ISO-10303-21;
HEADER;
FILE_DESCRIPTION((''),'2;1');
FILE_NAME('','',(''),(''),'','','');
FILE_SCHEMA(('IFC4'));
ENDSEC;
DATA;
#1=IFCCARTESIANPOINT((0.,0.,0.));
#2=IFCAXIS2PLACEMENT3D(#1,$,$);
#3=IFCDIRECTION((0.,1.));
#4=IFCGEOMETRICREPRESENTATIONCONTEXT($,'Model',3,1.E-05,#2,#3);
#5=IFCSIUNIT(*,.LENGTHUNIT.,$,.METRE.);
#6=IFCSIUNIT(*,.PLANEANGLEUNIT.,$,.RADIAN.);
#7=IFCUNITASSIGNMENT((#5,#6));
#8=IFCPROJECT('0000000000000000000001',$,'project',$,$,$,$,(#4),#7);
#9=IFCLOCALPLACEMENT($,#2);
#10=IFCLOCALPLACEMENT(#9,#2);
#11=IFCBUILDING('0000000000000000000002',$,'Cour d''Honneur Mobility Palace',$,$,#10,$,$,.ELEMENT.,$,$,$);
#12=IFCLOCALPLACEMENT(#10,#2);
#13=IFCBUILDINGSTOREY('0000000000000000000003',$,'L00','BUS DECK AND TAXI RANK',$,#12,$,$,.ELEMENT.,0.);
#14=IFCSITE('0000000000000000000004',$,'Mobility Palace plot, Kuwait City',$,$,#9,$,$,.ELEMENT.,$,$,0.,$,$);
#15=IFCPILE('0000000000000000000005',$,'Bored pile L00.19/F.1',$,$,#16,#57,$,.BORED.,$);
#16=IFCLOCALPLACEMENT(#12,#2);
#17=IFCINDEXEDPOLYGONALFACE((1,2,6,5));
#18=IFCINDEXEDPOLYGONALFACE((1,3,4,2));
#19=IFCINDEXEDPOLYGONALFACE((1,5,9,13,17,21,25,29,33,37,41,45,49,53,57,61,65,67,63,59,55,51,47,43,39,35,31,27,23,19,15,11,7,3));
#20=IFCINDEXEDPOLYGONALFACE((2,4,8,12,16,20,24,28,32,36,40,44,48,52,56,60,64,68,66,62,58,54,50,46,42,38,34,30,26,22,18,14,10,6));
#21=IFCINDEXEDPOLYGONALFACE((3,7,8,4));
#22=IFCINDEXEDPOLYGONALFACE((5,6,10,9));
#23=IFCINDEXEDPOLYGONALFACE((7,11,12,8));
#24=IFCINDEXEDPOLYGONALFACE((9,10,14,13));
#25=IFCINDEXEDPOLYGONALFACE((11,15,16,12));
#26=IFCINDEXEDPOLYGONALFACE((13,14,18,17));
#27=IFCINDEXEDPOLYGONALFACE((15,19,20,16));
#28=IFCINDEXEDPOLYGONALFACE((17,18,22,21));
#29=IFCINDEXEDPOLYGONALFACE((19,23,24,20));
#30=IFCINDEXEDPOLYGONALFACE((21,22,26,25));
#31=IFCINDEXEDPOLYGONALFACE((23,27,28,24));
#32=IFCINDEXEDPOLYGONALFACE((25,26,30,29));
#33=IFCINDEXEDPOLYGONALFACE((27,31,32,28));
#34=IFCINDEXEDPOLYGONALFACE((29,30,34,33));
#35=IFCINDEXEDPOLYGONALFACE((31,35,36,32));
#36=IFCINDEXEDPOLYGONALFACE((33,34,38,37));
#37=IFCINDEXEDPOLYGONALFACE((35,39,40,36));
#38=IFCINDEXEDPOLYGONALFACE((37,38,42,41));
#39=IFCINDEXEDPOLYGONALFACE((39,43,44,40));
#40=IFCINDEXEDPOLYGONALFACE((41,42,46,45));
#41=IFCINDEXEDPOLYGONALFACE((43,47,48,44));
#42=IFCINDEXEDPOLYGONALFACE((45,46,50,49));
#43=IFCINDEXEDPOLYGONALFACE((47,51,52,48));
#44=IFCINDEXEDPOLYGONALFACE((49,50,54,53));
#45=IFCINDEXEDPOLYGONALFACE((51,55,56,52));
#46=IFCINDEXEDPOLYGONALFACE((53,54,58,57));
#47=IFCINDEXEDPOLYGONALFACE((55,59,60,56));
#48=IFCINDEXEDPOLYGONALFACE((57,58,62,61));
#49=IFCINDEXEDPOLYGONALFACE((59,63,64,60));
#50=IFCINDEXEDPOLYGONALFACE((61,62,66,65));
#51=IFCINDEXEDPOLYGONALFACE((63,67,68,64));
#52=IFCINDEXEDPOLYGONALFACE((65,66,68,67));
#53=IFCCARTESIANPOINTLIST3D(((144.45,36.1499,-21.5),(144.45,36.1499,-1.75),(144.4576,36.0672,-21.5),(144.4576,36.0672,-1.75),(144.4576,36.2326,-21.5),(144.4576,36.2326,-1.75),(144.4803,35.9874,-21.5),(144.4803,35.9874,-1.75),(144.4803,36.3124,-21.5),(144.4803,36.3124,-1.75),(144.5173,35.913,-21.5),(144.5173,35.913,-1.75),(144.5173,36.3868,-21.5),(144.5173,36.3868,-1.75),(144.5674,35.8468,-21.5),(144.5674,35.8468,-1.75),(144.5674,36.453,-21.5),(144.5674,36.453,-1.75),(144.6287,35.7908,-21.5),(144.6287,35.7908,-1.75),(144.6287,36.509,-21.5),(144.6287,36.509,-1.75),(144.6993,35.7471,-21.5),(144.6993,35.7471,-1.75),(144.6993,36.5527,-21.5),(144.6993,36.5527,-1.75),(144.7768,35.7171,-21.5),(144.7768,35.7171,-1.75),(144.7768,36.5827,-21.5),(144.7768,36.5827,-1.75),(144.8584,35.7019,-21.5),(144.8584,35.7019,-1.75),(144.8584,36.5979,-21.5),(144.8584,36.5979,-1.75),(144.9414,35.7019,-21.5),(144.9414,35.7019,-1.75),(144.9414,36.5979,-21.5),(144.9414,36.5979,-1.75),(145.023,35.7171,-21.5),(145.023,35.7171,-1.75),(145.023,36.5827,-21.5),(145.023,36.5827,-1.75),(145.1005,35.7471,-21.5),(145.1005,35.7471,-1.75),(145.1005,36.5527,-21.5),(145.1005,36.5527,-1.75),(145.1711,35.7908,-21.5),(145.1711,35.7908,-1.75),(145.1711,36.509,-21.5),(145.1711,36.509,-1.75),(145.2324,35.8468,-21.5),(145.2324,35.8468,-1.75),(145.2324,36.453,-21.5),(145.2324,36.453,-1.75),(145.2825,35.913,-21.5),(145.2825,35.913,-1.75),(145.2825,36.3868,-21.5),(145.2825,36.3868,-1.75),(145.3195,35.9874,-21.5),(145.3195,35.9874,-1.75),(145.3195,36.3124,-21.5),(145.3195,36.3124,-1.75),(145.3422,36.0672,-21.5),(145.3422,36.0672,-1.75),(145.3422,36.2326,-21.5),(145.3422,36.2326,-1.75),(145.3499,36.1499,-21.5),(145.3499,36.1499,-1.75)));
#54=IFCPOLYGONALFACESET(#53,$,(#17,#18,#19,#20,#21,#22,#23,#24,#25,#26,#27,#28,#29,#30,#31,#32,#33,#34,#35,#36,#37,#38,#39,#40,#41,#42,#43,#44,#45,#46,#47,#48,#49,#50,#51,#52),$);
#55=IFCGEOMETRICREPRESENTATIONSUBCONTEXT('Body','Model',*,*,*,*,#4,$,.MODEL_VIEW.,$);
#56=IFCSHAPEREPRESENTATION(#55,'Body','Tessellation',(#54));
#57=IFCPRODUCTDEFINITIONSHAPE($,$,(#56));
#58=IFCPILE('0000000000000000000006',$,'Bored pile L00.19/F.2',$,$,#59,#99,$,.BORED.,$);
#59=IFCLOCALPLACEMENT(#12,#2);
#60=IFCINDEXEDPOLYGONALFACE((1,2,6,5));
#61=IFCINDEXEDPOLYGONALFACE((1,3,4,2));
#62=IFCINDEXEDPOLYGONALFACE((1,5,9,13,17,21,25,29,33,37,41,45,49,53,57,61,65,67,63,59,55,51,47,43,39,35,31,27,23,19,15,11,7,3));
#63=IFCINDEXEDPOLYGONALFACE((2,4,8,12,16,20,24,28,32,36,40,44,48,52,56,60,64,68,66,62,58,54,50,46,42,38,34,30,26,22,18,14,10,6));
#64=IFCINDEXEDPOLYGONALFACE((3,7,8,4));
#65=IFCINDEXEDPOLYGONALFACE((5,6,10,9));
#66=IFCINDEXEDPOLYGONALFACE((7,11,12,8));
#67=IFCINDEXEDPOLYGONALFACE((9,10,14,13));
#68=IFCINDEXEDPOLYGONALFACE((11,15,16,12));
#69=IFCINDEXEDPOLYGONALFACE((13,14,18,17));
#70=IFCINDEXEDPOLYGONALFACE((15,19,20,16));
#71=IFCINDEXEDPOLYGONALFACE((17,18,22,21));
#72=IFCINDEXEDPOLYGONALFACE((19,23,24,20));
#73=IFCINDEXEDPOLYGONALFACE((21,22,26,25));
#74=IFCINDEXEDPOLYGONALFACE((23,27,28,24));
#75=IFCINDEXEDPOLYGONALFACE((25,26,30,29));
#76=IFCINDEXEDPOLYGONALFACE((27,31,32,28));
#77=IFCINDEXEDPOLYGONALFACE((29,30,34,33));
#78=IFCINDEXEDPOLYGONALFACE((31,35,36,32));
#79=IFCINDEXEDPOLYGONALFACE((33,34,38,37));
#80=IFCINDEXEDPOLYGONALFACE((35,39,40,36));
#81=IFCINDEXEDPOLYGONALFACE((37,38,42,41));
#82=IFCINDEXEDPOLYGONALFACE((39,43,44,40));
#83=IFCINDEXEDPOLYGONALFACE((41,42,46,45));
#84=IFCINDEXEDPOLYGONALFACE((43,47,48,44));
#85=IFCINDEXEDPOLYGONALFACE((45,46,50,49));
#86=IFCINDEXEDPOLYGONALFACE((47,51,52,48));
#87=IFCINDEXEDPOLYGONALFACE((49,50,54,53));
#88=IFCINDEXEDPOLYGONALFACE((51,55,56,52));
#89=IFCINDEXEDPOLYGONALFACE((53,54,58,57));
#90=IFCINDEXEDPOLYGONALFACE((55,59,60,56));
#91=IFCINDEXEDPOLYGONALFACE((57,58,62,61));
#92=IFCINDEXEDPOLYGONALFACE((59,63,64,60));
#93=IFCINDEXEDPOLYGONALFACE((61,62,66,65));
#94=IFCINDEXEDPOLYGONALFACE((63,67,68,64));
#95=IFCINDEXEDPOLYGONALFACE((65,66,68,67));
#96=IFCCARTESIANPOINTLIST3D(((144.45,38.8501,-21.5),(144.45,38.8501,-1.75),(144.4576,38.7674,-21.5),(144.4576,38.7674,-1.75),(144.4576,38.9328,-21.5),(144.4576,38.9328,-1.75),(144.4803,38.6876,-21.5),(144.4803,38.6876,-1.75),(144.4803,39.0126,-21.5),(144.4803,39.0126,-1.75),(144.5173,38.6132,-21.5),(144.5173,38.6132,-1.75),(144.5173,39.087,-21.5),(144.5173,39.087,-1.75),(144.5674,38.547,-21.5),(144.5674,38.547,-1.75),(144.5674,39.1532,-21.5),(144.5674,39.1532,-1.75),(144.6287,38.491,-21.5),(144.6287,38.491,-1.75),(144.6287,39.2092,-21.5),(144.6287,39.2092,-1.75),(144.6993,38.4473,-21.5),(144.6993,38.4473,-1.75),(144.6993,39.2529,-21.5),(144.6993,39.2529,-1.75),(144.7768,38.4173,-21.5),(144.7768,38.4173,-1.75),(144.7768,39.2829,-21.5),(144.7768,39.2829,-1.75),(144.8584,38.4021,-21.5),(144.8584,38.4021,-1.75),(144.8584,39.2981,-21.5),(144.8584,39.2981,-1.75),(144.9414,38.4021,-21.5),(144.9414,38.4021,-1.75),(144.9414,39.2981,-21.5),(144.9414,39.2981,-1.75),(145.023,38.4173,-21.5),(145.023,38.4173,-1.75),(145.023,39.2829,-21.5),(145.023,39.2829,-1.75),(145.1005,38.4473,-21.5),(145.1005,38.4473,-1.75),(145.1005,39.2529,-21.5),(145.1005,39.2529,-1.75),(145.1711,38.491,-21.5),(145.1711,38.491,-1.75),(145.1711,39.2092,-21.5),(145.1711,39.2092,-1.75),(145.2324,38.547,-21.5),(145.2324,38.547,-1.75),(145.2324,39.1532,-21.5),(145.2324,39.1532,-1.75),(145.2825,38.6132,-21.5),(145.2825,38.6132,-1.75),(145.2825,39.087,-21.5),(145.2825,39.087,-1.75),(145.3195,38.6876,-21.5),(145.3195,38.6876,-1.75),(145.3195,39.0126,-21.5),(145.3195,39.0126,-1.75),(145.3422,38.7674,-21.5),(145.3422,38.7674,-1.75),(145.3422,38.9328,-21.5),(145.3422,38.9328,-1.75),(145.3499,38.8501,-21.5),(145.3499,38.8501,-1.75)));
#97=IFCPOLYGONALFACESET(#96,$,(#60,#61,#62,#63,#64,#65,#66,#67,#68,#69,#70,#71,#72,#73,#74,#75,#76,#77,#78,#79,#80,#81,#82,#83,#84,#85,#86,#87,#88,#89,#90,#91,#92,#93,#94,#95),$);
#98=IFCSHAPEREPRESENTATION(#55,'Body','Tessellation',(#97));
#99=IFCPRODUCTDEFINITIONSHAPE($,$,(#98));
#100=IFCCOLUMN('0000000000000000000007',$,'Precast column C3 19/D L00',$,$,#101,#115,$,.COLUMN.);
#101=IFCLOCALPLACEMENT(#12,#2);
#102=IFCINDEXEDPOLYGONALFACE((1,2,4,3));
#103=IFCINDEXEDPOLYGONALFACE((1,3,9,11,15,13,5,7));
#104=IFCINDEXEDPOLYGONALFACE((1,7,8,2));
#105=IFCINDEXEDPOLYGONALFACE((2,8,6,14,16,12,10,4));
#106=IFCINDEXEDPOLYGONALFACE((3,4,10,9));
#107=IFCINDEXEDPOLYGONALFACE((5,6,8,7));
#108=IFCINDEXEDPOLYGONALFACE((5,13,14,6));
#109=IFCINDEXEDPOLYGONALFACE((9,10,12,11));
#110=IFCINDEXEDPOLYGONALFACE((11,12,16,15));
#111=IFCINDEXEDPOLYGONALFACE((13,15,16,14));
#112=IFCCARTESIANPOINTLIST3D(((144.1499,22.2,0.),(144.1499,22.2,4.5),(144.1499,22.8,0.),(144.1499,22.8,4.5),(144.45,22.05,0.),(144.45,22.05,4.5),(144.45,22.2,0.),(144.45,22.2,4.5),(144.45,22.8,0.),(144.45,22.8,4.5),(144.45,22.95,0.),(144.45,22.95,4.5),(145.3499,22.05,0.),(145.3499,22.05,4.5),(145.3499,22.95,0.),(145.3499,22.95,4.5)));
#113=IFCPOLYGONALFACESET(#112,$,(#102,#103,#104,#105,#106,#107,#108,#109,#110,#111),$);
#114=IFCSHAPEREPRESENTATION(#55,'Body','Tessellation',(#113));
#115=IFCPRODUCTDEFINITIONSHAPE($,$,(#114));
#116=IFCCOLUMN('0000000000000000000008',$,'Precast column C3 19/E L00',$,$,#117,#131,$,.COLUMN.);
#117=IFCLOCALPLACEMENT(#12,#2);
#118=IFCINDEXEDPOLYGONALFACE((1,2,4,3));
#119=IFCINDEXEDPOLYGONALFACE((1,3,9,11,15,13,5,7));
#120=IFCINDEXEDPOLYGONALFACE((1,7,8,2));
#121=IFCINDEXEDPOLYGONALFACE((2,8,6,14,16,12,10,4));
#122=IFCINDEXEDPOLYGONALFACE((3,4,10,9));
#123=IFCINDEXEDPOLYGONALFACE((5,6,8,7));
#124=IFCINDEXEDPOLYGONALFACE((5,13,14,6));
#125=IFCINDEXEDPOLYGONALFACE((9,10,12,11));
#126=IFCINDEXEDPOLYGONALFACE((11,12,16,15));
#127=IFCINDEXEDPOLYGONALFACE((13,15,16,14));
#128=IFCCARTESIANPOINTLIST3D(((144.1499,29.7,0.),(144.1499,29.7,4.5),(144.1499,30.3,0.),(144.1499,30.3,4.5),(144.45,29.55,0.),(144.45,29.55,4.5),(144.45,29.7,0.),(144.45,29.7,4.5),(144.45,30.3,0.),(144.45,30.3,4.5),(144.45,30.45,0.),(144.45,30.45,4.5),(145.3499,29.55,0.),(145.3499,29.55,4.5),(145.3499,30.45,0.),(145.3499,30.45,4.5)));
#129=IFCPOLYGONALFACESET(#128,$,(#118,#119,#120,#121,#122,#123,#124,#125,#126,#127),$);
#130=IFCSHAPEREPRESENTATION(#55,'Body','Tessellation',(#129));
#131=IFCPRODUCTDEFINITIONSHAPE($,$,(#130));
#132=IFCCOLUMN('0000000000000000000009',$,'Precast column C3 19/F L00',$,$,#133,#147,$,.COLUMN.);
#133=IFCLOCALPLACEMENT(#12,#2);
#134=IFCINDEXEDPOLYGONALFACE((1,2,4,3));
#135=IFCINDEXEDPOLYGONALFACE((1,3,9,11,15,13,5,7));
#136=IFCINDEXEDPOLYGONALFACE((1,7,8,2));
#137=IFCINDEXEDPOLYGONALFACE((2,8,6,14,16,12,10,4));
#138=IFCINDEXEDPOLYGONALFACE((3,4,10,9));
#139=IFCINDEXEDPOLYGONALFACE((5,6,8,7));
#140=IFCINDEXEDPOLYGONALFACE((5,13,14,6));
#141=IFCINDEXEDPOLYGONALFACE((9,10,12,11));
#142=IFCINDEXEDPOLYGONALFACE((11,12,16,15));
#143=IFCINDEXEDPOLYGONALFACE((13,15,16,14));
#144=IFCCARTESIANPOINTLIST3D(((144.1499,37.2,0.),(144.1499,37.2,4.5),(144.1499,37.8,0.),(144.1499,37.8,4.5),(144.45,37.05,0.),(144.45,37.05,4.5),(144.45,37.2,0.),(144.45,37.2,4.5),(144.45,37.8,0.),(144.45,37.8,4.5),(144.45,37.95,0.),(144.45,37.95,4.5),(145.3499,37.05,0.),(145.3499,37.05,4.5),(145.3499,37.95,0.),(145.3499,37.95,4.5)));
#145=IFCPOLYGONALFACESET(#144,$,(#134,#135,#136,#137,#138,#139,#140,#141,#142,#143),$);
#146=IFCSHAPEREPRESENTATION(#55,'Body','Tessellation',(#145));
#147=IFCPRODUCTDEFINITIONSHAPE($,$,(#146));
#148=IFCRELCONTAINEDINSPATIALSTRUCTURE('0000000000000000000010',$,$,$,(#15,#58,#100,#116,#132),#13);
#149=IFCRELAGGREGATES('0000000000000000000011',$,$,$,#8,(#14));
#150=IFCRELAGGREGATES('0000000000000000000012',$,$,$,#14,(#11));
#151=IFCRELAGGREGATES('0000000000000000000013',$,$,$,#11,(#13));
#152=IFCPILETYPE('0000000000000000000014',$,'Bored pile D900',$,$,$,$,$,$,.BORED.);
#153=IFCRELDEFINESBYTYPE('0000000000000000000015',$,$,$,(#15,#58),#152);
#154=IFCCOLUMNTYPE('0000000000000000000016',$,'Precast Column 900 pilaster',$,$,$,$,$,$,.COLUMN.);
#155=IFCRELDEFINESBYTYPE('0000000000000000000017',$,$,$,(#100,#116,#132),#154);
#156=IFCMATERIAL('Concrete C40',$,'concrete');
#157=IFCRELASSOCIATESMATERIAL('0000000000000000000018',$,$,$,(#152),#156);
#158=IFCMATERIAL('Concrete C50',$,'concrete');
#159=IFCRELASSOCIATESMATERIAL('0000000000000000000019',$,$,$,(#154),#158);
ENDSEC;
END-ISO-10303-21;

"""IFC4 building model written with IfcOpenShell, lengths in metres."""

from ifc_helpers import new_model, si_unit, direction, frame, origin, origin_2d, place, context, subcontext, project, spatial, polyline, circle, outline, extrude, material, material_profile, profile_set, type_object, element, save


model = new_model("IFC4")

# Units and contexts
model_context = context("Model", 3, precision=1e-05, world=origin(), true_north=direction((0.0, 1.0)))
body_context = subcontext(model_context, "Body", "Model", "MODEL_VIEW")
ifc_project = project(units=[si_unit("LENGTHUNIT", "METRE"), si_unit("PLANEANGLEUNIT", "RADIAN")], contexts=[model_context])

# Site, building, storey
site_placement = place(None, origin())
site = spatial("IfcSite", under=ifc_project, at=site_placement, Name="Mobility Palace plot, Kuwait City", CompositionType="ELEMENT", RefElevation=0.0)
building_placement = place(site_placement, origin())
building = spatial("IfcBuilding", under=site, at=building_placement, Name="Cour d'Honneur Mobility Palace", CompositionType="ELEMENT")
storey_placement = place(building_placement, origin())
storey = spatial("IfcBuildingStorey", under=building, at=storey_placement, Name="L00", Description="BUS DECK AND TAXI RANK", CompositionType="ELEMENT", Elevation=0.0)

# Piles
ifc_material_1 = material(Name="Concrete C40", Category="concrete")
ifc_material_profile_1 = material_profile(ifc_material_1, circle(Radius=0.45, at=origin_2d()), Name="Bored pile D900")
ifc_profile_set_1 = profile_set([ifc_material_profile_1], Name="Concrete C40")
pile_type = type_object("IfcPileType", Name="Bored pile D900", PredefinedType="BORED", material=ifc_profile_set_1)
for number, where, z_axis, x_axis, name in (
    (1, (144.8999, 36.1499, -1.75), (0.0, 0.0, -1.0), (1.0, 0.0, 0.0), "Bored pile L00.19/F.1"),
    (2, (144.8999, 38.8501, -1.75), (0.0, 0.0, -1.0), (1.0, 0.0, 0.0), "Bored pile L00.19/F.2"),
):
    element("IfcPile", number, at=place(storey_placement, frame(where, z_axis=z_axis, x_axis=x_axis)), inside=storey, type_object=pile_type, Name=name, PredefinedType="BORED", context=body_context, shape_type="SweptSolid", body=[
        extrude(circle(Radius=0.45, at=origin_2d()), origin(), (0.0, 0.0, 1.0), 19.75),
    ])

# Columns
ifc_material_2 = material(Name="Concrete C50", Category="concrete")
ifc_material_profile_2 = material_profile(ifc_material_2, outline(polyline([(-0.45, -0.45), (0.45, -0.45), (0.45, -0.3), (0.75, -0.3), (0.75, 0.3), (0.45, 0.3), (0.45, 0.45), (-0.45, 0.45), (-0.45, -0.45)])), Name="PC C900 pilaster")
ifc_profile_set_2 = profile_set([ifc_material_profile_2], Name="Concrete C50")
column_type = type_object("IfcColumnType", Name="Precast Column 900 pilaster", PredefinedType="COLUMN", material=ifc_profile_set_2)
for number, where, z_axis, x_axis, name in (
    (3, (144.8999, 22.5, 0.0), (0.0, 0.0, 1.0), (-1.0, 0.0, 0.0), "Precast column C3 19/D L00"),
    (4, (144.8999, 30.0, 0.0), (0.0, 0.0, 1.0), (-1.0, 0.0, 0.0), "Precast column C3 19/E L00"),
    (5, (144.8999, 37.5, 0.0), (0.0, 0.0, 1.0), (-1.0, 0.0, 0.0), "Precast column C3 19/F L00"),
):
    element("IfcColumn", number, at=place(storey_placement, frame(where, z_axis=z_axis, x_axis=x_axis)), inside=storey, type_object=column_type, Name=name, PredefinedType="COLUMN", context=body_context, shape_type="SweptSolid", body=[
        extrude(outline(polyline([(-0.45, -0.45), (0.45, -0.45), (0.45, -0.3), (0.75, -0.3), (0.75, 0.3), (0.45, 0.3), (0.45, 0.45), (-0.45, 0.45), (-0.45, -0.45)])), origin(), (0.0, 0.0, 1.0), 4.5),
    ])

save(model, "model.ifc")
